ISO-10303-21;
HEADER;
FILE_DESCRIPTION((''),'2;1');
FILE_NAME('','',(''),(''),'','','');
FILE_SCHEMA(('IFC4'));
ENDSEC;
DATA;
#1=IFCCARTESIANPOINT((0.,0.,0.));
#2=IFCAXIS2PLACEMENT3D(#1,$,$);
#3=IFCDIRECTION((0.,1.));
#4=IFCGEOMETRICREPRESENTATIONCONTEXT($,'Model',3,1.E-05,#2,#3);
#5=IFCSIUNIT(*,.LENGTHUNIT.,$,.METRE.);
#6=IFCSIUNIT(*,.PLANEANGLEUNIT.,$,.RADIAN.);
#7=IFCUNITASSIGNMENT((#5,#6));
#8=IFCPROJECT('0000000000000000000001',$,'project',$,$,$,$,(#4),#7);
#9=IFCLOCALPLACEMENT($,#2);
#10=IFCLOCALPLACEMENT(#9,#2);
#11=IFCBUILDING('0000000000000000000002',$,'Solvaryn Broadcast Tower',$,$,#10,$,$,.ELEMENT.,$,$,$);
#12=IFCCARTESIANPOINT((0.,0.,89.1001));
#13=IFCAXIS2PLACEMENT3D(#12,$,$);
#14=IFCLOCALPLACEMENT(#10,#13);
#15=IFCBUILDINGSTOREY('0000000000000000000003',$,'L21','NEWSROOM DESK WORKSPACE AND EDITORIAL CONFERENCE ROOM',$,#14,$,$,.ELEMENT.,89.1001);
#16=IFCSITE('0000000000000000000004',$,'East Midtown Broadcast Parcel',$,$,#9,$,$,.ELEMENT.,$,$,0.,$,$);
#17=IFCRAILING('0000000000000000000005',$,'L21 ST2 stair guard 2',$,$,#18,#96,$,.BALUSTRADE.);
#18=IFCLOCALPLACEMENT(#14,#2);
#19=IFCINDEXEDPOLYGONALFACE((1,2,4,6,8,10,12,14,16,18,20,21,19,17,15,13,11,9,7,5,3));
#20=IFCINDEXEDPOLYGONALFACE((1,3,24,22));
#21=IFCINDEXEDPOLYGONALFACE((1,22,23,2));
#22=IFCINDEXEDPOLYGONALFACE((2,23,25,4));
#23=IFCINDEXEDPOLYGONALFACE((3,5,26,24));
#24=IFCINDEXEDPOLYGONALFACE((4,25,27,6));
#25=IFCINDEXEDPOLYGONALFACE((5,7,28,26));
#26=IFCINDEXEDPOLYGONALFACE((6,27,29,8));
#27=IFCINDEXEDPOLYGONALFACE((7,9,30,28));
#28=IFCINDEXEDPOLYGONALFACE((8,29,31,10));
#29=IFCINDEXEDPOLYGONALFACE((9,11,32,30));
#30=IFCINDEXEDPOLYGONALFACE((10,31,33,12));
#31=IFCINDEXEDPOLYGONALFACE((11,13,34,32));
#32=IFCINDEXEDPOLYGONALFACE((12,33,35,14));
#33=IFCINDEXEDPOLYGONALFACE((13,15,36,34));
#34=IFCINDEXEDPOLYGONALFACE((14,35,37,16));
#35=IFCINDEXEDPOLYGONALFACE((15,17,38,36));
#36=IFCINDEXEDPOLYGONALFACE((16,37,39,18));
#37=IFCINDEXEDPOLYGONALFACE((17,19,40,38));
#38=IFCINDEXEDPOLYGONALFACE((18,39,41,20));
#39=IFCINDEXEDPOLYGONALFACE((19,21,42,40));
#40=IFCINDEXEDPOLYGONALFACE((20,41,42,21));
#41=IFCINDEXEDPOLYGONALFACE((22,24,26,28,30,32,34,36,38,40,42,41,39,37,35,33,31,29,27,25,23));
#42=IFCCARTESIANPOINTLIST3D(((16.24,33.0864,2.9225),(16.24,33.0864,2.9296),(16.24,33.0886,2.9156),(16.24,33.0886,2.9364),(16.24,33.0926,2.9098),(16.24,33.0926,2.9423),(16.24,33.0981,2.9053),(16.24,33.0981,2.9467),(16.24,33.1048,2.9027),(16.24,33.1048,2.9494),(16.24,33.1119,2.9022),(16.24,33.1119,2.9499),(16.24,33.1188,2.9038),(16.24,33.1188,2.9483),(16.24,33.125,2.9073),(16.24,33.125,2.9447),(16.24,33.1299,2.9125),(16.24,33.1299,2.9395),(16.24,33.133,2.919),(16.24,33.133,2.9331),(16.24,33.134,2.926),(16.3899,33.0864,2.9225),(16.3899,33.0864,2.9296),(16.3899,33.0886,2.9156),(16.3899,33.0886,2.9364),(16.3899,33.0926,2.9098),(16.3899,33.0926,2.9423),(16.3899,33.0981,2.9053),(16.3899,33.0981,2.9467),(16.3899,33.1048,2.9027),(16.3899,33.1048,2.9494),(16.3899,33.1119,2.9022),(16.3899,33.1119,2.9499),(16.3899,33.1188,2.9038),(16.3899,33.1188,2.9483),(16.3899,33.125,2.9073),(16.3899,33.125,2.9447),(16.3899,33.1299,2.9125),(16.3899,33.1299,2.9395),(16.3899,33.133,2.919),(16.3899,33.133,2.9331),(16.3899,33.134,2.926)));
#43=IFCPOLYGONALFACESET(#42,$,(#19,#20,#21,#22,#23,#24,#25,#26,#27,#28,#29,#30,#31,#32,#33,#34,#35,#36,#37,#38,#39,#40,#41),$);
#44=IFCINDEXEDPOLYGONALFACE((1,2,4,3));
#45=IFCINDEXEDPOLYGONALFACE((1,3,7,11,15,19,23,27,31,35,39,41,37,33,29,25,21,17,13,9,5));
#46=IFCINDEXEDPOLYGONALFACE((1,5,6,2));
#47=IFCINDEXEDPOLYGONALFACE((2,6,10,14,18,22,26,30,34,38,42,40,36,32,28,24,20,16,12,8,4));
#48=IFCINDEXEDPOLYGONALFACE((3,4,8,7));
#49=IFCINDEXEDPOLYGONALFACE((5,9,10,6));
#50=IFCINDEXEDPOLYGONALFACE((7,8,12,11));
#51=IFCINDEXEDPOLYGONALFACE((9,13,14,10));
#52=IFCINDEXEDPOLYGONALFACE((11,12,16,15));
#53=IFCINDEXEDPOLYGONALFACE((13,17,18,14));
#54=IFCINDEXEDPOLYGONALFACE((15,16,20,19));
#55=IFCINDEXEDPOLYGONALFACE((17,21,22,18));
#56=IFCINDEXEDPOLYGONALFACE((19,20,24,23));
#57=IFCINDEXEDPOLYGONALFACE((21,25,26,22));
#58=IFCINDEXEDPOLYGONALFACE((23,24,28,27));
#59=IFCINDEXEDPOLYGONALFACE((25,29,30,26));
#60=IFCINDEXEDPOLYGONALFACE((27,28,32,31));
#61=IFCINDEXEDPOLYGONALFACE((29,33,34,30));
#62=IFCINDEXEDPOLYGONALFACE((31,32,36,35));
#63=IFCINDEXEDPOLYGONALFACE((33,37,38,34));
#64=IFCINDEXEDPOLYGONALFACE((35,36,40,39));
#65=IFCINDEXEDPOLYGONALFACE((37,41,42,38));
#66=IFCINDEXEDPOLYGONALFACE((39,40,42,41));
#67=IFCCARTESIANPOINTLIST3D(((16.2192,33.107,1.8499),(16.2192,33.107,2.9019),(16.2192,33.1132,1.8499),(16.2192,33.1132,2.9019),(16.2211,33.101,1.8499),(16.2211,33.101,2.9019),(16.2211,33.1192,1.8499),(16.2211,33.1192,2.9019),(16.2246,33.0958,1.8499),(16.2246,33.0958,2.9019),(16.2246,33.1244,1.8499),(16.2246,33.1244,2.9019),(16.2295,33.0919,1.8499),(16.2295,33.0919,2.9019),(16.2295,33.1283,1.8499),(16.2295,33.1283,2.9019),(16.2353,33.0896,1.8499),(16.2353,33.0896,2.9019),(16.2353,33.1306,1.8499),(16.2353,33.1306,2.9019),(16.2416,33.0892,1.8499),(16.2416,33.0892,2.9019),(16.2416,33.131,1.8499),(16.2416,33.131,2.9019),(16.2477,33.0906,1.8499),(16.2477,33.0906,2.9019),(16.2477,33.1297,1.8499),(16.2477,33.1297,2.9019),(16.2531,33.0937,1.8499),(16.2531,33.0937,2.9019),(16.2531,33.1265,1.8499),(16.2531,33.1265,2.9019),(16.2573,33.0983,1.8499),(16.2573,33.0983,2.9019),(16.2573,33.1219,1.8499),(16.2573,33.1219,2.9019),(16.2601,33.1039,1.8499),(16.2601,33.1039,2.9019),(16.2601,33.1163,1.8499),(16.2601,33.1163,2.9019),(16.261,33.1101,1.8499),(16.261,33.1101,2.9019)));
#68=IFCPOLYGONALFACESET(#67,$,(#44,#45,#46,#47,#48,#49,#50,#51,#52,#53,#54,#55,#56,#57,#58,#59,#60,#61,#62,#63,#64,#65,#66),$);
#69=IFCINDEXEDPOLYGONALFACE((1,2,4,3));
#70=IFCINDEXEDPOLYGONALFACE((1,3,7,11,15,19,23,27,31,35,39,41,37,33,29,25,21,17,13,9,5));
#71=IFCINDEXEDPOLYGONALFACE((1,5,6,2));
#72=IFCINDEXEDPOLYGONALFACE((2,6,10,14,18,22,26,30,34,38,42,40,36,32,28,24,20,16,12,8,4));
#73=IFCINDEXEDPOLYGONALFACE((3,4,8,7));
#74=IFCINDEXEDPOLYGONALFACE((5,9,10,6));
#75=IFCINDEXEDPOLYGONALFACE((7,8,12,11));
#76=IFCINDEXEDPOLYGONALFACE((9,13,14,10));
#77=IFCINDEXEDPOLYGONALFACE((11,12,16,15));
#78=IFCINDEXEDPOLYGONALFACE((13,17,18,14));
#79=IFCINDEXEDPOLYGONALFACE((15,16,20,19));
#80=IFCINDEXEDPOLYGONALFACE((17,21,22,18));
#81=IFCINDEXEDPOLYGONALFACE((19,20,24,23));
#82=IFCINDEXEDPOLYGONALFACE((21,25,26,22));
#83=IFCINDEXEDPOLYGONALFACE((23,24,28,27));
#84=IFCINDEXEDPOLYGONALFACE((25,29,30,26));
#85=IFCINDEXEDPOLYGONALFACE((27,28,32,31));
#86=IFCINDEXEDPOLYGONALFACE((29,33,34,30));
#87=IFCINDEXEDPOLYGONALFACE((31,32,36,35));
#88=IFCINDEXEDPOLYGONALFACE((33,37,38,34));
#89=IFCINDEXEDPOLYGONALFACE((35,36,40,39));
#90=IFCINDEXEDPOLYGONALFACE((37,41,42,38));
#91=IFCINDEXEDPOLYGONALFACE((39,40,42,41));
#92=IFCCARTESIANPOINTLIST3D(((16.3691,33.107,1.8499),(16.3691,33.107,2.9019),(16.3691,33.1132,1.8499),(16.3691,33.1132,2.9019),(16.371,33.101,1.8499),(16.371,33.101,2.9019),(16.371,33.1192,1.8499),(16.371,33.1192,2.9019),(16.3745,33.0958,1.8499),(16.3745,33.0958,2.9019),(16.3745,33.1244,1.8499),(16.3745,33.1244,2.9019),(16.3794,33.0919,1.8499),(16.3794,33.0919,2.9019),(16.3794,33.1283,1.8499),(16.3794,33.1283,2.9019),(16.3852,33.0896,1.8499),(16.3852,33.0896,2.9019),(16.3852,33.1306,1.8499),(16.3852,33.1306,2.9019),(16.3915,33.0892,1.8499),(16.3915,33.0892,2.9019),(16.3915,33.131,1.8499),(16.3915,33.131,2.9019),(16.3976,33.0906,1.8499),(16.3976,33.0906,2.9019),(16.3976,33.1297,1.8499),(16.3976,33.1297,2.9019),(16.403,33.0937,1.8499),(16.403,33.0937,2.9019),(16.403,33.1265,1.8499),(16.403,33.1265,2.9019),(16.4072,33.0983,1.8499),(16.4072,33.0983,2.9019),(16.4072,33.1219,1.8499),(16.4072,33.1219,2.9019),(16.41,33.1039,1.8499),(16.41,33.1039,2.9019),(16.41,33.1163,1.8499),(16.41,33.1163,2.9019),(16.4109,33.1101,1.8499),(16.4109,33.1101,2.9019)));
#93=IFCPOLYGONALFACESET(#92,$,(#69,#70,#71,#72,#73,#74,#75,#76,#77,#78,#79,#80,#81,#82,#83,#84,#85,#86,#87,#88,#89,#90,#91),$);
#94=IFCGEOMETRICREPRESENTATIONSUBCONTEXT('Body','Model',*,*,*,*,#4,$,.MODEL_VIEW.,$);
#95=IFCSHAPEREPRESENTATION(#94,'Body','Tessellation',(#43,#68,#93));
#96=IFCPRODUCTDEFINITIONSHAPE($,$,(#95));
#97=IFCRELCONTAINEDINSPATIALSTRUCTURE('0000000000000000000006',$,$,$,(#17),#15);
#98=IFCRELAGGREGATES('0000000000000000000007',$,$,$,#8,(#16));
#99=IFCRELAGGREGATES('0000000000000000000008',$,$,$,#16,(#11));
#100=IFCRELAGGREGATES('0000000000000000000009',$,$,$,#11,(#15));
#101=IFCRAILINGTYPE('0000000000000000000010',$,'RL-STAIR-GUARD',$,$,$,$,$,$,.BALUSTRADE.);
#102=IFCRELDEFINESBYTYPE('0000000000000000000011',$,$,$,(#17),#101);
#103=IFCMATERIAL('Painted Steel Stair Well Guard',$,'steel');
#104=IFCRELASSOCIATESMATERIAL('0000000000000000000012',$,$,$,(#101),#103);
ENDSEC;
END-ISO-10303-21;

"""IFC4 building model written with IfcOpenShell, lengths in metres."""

from ifc_helpers import new_model, si_unit, direction, frame, origin, origin_2d, place, context, subcontext, project, spatial, circle, extrude, material, type_object, element, save


model = new_model("IFC4")

# Units and contexts
model_context = context("Model", 3, precision=1e-05, world=origin(), true_north=direction((0.0, 1.0)))
body_context = subcontext(model_context, "Body", "Model", "MODEL_VIEW")
ifc_project = project(units=[si_unit("LENGTHUNIT", "METRE"), si_unit("PLANEANGLEUNIT", "RADIAN")], contexts=[model_context])

# Site, building, storey
site_placement = place(None, origin())
site = spatial("IfcSite", under=ifc_project, at=site_placement, Name="East Midtown Broadcast Parcel", CompositionType="ELEMENT", RefElevation=0.0)
building_placement = place(site_placement, origin())
building = spatial("IfcBuilding", under=site, at=building_placement, Name="Solvaryn Broadcast Tower", CompositionType="ELEMENT")
storey_placement = place(building_placement, frame((0.0, 0.0, 89.1001)))
storey = spatial("IfcBuildingStorey", under=building, at=storey_placement, Name="L21", Description="NEWSROOM DESK WORKSPACE AND EDITORIAL CONFERENCE ROOM", CompositionType="ELEMENT", Elevation=89.1001)

# Railing
ifc_material_1 = material(Name="Painted Steel Stair Well Guard", Category="steel")
railing_type_1 = type_object("IfcRailingType", Name="RL-STAIR-GUARD", PredefinedType="BALUSTRADE", material=ifc_material_1)
railing_1_placement = place(storey_placement, frame((16.24, 33.1101, 1.8499)))
element("IfcRailing", 1, at=railing_1_placement, inside=storey, type_object=railing_type_1, Name="L21 ST2 stair guard 2", PredefinedType="BALUSTRADE", context=body_context, shape_type="SweptSolid", body=[
    extrude(circle(Radius=0.0239, at=origin_2d()), frame((0.0, 0.0, 1.0762), z_axis=(1.0, 0.0, 0.0), x_axis=(0.0, 1.0, 0.0)), (0.0, 0.0, 1.0), 0.1499),
    extrude(circle(Radius=0.021, at=origin_2d()), origin(), (0.0, 0.0, 1.0), 1.052),
    extrude(circle(Radius=0.021, at=origin_2d()), frame((0.1499, 0.0, 0.0)), (0.0, 0.0, 1.0), 1.052),
])

save(model, "model.ifc")
